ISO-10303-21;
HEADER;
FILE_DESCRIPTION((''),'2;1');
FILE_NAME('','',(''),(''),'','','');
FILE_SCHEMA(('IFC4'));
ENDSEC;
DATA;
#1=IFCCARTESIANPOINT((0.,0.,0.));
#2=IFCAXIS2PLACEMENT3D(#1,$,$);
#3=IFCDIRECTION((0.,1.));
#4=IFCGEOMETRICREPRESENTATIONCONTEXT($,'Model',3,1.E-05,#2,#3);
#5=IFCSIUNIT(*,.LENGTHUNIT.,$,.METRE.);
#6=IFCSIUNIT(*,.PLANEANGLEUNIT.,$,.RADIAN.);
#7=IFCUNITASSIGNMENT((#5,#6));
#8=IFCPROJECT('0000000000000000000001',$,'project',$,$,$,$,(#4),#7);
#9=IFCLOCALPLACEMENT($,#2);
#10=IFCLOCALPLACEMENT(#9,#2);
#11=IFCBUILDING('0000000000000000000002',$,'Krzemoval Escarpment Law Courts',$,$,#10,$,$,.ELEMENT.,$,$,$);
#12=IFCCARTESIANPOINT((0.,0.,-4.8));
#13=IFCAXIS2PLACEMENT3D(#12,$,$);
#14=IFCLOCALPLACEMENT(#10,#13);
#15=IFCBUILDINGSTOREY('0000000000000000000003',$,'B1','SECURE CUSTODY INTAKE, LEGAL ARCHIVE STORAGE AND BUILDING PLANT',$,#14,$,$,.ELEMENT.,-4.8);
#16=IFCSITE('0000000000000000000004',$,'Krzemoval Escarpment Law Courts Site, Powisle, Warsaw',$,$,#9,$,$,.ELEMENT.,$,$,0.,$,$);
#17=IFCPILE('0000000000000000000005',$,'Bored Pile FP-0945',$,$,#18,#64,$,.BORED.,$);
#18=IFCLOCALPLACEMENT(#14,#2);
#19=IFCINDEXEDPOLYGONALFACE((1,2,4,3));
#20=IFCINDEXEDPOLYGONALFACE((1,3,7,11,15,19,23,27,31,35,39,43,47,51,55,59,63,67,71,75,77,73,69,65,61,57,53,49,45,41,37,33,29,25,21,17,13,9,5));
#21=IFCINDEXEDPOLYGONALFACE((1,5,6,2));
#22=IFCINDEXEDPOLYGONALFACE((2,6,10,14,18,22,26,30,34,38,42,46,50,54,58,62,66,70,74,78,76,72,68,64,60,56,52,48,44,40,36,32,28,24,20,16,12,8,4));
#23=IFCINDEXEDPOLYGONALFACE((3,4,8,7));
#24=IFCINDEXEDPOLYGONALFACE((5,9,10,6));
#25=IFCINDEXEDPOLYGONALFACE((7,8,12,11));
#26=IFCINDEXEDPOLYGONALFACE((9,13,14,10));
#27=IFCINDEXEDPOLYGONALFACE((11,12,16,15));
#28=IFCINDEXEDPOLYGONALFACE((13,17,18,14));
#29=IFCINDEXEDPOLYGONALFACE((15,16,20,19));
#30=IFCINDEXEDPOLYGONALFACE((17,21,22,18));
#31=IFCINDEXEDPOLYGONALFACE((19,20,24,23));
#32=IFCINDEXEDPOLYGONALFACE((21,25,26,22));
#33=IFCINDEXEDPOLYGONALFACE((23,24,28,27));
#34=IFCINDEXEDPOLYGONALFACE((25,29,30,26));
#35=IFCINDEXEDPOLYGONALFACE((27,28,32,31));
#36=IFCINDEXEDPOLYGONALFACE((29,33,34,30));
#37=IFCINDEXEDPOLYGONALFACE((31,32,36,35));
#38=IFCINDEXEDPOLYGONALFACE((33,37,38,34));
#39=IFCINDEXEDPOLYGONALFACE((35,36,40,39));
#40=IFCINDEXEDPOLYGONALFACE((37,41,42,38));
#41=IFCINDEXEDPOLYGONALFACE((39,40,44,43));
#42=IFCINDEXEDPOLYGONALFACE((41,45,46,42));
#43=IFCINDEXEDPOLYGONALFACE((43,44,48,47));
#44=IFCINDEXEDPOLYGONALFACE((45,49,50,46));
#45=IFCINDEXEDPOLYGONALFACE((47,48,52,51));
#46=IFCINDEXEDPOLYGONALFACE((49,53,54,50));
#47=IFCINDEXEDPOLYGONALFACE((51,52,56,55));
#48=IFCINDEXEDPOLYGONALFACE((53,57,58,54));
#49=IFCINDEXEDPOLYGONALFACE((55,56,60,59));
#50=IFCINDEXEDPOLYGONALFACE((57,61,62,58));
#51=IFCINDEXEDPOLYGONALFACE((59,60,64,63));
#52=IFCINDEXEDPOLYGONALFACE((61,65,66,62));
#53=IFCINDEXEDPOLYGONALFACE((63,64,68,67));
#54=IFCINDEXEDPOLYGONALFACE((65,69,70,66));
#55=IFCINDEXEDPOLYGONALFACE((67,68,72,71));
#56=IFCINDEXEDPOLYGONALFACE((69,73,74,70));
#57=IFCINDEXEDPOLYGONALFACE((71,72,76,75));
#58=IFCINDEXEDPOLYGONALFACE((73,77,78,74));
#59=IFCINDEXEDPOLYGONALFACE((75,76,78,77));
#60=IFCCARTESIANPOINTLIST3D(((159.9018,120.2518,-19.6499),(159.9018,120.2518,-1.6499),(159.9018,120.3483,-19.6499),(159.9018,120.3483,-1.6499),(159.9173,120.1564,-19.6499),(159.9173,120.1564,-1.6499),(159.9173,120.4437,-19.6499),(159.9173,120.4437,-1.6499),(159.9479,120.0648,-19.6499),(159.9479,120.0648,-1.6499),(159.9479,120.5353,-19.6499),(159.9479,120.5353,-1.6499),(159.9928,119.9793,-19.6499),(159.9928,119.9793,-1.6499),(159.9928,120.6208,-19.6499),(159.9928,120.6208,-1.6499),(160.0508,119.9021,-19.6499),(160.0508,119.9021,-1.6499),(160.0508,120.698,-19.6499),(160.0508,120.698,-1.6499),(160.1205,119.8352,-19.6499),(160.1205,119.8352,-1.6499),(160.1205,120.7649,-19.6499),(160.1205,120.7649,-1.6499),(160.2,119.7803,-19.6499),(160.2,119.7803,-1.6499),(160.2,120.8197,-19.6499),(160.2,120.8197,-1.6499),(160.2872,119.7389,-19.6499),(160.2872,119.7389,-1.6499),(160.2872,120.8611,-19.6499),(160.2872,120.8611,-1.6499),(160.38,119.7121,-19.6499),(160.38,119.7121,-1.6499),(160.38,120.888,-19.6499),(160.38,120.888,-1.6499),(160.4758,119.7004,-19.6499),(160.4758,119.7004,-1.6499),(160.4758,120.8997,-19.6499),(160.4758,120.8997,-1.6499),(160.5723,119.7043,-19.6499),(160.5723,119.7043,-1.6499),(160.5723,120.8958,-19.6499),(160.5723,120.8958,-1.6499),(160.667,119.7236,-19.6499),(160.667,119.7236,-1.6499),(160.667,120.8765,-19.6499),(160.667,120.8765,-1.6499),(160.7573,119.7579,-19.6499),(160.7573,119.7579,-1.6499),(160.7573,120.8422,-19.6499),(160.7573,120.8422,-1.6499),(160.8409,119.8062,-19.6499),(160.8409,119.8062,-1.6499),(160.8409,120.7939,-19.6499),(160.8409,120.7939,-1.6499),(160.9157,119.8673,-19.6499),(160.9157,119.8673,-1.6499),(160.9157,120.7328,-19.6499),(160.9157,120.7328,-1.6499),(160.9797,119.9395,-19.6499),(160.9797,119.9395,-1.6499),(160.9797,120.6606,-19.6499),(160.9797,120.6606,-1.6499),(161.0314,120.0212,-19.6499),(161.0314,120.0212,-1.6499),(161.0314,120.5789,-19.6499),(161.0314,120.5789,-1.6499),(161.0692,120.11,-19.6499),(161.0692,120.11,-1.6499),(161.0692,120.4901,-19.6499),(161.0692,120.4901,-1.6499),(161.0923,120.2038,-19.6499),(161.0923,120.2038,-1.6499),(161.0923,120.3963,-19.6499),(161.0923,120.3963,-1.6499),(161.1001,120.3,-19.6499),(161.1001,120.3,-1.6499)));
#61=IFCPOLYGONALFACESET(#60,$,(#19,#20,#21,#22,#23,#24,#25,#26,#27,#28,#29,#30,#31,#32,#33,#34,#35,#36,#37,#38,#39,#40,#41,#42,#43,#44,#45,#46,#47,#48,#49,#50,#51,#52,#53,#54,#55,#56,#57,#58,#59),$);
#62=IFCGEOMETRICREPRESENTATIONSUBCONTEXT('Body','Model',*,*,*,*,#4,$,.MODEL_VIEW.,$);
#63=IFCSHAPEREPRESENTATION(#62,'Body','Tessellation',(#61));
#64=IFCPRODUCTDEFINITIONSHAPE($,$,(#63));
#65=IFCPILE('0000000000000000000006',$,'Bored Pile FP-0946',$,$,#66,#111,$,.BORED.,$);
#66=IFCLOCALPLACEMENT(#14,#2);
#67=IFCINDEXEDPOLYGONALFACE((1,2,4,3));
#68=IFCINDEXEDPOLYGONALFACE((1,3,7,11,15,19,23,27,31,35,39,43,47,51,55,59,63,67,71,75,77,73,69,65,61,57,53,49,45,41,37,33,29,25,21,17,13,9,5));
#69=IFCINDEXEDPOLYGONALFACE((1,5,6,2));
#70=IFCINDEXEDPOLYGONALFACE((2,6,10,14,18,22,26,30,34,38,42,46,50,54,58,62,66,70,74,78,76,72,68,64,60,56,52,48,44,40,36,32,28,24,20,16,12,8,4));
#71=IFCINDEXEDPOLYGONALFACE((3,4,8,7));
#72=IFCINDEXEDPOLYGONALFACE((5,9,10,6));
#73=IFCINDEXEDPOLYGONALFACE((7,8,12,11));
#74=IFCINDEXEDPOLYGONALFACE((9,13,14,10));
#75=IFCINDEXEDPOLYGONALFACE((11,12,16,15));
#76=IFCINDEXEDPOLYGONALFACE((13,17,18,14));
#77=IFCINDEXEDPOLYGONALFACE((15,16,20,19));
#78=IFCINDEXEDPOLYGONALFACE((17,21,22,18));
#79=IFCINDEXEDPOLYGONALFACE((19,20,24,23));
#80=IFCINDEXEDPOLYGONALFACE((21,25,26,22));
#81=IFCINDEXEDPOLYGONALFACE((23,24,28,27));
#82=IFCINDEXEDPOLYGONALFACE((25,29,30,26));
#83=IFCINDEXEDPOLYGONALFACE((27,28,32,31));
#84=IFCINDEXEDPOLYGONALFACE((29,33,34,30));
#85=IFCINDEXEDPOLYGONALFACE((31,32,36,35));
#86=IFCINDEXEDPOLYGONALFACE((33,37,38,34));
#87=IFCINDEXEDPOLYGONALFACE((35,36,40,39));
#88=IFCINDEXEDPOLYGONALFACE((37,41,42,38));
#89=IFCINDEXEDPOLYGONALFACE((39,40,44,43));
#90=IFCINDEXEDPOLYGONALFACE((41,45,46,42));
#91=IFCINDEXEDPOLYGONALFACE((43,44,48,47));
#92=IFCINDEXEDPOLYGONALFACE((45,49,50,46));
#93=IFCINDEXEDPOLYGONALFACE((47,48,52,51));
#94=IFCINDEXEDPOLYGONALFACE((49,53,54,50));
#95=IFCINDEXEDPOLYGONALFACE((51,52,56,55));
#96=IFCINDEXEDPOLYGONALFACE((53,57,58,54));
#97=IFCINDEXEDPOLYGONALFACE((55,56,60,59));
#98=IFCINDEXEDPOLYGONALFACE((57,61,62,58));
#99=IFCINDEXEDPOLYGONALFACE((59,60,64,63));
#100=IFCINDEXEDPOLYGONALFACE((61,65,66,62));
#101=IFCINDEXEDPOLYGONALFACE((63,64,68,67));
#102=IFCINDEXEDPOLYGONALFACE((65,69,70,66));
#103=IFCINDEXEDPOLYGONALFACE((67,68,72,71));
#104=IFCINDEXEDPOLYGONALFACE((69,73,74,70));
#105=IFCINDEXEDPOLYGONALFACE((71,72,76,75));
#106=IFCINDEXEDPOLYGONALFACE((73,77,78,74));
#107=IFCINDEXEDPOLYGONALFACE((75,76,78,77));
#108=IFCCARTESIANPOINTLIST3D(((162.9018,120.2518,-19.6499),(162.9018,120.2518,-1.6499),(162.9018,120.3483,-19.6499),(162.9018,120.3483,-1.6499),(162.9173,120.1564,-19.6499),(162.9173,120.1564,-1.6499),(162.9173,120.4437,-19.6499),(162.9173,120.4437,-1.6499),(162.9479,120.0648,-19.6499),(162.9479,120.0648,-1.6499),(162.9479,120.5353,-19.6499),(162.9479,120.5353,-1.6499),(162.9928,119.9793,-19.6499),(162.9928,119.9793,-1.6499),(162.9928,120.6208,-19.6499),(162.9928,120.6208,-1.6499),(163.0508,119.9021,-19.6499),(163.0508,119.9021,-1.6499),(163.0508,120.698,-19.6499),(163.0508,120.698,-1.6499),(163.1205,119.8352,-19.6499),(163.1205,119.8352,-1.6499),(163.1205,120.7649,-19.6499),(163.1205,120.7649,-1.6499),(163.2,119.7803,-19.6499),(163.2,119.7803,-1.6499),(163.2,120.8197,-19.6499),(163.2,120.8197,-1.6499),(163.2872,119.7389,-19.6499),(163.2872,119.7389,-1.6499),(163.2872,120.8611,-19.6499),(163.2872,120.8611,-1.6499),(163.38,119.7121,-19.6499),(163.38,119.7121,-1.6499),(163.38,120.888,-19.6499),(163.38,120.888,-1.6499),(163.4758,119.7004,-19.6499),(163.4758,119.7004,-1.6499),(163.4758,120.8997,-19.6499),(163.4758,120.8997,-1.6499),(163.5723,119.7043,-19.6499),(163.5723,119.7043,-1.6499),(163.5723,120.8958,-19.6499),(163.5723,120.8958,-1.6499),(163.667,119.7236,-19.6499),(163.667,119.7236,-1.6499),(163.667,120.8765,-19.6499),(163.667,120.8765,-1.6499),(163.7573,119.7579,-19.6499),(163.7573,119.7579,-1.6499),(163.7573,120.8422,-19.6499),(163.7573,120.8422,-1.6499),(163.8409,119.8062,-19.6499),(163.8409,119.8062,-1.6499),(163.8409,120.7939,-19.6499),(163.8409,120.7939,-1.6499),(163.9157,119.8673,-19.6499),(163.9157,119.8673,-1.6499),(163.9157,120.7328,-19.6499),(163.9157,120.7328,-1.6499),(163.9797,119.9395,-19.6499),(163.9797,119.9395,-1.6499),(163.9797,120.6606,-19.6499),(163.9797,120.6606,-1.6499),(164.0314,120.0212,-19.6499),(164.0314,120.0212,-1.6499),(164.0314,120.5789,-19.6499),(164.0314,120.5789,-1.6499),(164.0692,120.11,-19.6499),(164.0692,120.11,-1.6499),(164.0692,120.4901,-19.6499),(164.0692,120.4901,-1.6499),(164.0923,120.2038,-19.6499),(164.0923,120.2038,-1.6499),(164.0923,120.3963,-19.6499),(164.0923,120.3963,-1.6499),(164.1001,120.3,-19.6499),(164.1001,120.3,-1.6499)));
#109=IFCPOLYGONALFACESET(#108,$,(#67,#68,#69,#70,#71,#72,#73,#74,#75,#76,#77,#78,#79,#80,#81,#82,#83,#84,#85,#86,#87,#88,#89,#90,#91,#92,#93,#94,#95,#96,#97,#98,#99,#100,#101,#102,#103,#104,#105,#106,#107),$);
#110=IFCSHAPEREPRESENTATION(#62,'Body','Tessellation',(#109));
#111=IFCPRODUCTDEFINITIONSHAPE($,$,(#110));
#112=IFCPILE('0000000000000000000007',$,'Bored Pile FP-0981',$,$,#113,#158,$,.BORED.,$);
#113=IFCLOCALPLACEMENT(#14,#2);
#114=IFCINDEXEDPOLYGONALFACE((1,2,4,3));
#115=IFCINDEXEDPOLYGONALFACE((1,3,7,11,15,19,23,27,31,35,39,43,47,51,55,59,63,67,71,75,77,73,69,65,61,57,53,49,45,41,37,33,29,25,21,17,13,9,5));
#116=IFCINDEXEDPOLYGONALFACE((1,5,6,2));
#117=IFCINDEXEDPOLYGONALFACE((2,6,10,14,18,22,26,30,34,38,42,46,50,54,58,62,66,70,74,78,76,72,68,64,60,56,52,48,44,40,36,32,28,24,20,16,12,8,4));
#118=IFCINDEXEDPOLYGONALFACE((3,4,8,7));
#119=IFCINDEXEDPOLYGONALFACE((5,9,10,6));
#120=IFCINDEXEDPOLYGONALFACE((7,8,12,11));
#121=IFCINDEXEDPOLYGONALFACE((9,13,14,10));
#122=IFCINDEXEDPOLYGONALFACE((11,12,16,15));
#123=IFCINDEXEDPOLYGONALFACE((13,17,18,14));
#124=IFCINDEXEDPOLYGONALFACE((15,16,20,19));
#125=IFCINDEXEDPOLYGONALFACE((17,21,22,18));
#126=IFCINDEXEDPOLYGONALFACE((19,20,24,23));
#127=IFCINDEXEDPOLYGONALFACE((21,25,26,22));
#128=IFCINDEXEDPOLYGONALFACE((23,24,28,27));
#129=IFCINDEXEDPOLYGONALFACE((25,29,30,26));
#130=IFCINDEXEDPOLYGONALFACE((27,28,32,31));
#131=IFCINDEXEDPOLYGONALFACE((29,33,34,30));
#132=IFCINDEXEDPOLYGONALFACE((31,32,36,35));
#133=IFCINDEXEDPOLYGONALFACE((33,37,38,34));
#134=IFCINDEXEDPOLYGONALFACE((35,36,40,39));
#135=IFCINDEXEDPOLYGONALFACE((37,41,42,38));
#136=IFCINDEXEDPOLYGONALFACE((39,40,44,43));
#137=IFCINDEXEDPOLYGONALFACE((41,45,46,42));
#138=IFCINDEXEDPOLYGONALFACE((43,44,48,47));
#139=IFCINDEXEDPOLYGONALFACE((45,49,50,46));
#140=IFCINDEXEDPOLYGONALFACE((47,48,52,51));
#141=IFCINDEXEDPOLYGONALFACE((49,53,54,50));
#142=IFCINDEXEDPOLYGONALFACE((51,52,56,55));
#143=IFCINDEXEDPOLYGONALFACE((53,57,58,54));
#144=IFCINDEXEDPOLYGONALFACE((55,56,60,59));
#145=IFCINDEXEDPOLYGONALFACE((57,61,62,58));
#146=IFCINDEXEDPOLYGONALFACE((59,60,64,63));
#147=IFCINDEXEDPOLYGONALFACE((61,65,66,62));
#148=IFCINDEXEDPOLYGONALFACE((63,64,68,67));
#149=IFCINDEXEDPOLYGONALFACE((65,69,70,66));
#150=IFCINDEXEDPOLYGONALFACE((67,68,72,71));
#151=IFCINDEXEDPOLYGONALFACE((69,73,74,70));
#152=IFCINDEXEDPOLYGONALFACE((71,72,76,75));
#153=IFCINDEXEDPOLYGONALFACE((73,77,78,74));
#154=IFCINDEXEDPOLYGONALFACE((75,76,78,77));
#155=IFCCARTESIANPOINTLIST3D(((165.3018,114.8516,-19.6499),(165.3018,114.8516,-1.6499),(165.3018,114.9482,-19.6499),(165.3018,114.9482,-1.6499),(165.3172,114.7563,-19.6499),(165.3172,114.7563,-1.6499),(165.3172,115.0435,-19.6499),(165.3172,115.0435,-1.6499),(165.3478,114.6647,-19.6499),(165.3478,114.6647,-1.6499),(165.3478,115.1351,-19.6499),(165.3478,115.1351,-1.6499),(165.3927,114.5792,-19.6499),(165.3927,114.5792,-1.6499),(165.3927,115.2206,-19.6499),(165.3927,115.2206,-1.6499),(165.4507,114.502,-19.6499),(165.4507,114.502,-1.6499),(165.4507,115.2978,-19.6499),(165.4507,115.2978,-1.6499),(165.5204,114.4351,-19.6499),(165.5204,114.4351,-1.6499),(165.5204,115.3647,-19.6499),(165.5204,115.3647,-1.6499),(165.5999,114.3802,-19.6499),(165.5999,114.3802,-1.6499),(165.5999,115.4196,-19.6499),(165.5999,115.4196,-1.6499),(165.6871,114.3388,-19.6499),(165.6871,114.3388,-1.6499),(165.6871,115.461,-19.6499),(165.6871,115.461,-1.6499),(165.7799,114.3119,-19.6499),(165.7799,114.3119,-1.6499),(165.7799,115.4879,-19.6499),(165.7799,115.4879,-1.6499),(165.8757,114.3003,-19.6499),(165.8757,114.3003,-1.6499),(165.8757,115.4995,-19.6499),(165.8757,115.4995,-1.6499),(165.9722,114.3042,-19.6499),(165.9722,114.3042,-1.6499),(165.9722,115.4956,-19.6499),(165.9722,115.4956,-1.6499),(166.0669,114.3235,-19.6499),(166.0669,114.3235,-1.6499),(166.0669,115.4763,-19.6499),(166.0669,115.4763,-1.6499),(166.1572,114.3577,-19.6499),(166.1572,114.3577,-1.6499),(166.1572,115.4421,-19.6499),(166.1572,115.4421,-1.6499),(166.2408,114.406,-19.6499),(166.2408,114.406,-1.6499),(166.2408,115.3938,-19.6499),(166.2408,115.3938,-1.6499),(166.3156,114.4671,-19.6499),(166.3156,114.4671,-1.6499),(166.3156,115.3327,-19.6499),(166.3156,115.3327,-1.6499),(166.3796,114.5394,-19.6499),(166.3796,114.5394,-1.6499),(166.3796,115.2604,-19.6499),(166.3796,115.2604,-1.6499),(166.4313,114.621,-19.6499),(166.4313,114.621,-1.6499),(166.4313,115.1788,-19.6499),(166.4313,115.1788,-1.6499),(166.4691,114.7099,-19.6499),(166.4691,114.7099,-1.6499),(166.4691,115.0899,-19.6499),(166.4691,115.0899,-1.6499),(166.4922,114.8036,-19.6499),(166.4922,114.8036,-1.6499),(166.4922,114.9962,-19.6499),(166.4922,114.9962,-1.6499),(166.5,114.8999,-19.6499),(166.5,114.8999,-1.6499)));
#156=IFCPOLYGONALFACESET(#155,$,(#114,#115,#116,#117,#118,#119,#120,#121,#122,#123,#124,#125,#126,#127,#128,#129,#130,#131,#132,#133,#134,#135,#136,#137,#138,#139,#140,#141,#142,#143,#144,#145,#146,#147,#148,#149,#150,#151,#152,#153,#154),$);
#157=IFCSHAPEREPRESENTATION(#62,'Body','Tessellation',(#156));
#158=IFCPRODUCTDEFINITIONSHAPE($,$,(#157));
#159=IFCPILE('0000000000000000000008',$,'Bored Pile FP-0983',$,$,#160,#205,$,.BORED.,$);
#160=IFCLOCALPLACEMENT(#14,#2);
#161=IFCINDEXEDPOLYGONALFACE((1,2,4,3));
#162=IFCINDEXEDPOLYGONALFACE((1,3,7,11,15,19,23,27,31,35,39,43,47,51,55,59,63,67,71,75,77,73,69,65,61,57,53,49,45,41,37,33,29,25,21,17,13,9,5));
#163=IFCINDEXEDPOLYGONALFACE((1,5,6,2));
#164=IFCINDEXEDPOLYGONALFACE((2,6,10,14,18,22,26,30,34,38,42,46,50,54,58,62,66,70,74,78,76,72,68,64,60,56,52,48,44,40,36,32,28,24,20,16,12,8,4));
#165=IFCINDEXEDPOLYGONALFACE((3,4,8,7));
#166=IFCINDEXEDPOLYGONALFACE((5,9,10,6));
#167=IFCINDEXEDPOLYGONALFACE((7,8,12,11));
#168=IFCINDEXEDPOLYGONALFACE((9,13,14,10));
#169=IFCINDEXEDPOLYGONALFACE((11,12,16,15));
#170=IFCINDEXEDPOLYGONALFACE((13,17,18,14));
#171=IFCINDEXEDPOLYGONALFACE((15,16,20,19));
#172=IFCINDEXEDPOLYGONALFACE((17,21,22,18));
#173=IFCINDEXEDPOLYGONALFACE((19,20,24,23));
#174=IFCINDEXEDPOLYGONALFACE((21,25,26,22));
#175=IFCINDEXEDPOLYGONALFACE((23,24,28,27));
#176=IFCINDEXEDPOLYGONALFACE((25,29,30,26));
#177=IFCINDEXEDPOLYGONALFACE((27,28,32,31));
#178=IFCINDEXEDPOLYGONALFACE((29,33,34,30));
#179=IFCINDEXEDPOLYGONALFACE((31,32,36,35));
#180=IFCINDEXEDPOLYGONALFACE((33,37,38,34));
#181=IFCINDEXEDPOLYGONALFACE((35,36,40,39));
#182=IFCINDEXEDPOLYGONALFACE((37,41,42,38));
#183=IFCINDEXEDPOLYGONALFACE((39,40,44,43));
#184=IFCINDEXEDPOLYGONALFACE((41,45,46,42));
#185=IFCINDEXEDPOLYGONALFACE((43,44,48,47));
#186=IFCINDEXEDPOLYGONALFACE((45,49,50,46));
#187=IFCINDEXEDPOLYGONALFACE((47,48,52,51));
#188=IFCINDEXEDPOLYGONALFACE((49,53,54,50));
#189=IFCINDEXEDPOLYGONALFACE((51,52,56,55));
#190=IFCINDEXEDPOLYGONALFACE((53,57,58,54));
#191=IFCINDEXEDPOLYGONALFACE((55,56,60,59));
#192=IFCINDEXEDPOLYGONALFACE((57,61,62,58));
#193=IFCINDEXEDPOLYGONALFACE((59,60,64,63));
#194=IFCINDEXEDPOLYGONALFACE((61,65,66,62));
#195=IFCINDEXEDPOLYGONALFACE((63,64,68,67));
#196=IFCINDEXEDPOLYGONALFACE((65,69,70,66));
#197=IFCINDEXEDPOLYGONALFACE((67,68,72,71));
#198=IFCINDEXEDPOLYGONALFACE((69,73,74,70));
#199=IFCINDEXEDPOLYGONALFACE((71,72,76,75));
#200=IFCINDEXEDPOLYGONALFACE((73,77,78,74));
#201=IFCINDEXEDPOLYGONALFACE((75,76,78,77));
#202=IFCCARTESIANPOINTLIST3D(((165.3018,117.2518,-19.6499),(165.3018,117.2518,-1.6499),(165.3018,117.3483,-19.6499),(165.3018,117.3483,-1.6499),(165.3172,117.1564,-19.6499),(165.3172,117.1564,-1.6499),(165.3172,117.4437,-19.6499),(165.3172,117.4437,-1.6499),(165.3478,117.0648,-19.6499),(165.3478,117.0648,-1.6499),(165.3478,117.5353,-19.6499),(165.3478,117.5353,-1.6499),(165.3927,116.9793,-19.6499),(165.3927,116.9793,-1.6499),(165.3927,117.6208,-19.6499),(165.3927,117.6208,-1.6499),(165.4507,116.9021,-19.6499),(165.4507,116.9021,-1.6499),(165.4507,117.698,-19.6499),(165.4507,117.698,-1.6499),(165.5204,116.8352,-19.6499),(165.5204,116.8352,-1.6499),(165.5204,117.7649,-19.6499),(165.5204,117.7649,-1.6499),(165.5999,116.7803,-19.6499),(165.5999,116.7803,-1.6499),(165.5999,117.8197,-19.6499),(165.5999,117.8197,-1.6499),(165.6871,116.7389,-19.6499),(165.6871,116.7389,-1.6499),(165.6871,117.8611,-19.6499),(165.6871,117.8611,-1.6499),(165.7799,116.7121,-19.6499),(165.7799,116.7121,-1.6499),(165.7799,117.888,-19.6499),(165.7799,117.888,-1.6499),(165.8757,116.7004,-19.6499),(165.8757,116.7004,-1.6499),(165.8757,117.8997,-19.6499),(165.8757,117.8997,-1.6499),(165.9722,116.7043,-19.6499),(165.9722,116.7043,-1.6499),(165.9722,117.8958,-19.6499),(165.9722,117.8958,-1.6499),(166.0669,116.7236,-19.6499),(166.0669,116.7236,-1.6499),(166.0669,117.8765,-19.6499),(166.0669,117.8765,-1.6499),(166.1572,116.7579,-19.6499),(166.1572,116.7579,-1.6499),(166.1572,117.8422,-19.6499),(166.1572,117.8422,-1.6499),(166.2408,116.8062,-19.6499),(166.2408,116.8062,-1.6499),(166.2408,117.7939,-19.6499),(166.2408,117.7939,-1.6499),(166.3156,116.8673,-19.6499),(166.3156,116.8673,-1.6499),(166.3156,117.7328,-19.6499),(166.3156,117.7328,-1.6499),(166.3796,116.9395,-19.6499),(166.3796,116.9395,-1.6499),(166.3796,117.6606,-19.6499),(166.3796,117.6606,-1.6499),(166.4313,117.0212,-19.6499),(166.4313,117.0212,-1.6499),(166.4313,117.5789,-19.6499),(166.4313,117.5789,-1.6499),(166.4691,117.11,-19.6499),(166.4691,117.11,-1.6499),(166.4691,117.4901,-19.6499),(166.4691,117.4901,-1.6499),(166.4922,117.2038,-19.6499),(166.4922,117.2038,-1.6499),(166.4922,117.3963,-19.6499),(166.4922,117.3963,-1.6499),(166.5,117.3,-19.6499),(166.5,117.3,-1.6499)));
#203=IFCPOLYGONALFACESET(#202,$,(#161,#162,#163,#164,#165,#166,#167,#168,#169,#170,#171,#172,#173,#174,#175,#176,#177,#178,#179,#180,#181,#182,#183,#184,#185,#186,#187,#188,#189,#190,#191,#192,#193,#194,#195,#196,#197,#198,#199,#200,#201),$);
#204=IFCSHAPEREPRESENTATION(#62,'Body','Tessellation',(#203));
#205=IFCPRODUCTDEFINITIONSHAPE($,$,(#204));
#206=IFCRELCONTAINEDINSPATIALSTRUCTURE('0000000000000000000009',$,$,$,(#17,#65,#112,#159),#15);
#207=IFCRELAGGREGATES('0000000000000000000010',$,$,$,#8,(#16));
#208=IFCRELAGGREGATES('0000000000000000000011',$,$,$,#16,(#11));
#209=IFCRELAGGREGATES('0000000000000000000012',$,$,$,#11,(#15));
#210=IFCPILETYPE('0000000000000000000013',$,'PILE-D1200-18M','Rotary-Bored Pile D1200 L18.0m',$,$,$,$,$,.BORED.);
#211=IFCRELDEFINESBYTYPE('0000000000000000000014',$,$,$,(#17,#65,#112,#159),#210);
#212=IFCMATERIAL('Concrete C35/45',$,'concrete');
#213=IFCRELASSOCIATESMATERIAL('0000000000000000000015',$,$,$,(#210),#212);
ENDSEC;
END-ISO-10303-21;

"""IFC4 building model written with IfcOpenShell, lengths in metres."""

from ifc_helpers import new_model, si_unit, direction, frame, origin, origin_2d, place, context, subcontext, project, spatial, circle, extrude, material, material_profile, profile_set, type_object, element, save


model = new_model("IFC4")

# Units and contexts
model_context = context("Model", 3, precision=1e-05, world=origin(), true_north=direction((0.0, 1.0)))
body_context = subcontext(model_context, "Body", "Model", "MODEL_VIEW")
ifc_project = project(units=[si_unit("LENGTHUNIT", "METRE"), si_unit("PLANEANGLEUNIT", "RADIAN")], contexts=[model_context])

# Site, building, storey
site_placement = place(None, origin())
site = spatial("IfcSite", under=ifc_project, at=site_placement, Name="Krzemoval Escarpment Law Courts Site, Powisle, Warsaw", CompositionType="ELEMENT", RefElevation=0.0)
building_placement = place(site_placement, origin())
building = spatial("IfcBuilding", under=site, at=building_placement, Name="Krzemoval Escarpment Law Courts", CompositionType="ELEMENT")
storey_placement = place(building_placement, frame((0.0, 0.0, -4.8)))
storey = spatial("IfcBuildingStorey", under=building, at=storey_placement, Name="B1", Description="SECURE CUSTODY INTAKE, LEGAL ARCHIVE STORAGE AND BUILDING PLANT", CompositionType="ELEMENT", Elevation=-4.8)

# Piles
ifc_material_1 = material(Name="Concrete C35/45", Category="concrete")
ifc_material_profile_1 = material_profile(ifc_material_1, circle(Radius=0.6001, at=origin_2d()), Name="PILE D1200")
ifc_profile_set_1 = profile_set([ifc_material_profile_1], Name="Concrete C35/45")
pile_type = type_object("IfcPileType", Name="PILE-D1200-18M", Description="Rotary-Bored Pile D1200 L18.0m", PredefinedType="BORED", material=ifc_profile_set_1)
for number, where, z_axis, x_axis, name in (
    (1, (160.5, 120.3, -1.6499), (0.0, 0.0, -1.0), (1.0, 0.0, 0.0), "Bored Pile FP-0945"),
    (2, (163.5, 120.3, -1.6499), (0.0, 0.0, -1.0), (1.0, 0.0, 0.0), "Bored Pile FP-0946"),
    (3, (165.8999, 114.8999, -1.6499), (0.0, 0.0, -1.0), (1.0, 0.0, 0.0), "Bored Pile FP-0981"),
    (4, (165.8999, 117.3, -1.6499), (0.0, 0.0, -1.0), (1.0, 0.0, 0.0), "Bored Pile FP-0983"),
):
    element("IfcPile", number, at=place(storey_placement, frame(where, z_axis=z_axis, x_axis=x_axis)), inside=storey, type_object=pile_type, Name=name, PredefinedType="BORED", context=body_context, shape_type="SweptSolid", body=[
        extrude(circle(Radius=0.6001, at=origin_2d()), origin(), (0.0, 0.0, 1.0), 18.0),
    ])

save(model, "model.ifc")
